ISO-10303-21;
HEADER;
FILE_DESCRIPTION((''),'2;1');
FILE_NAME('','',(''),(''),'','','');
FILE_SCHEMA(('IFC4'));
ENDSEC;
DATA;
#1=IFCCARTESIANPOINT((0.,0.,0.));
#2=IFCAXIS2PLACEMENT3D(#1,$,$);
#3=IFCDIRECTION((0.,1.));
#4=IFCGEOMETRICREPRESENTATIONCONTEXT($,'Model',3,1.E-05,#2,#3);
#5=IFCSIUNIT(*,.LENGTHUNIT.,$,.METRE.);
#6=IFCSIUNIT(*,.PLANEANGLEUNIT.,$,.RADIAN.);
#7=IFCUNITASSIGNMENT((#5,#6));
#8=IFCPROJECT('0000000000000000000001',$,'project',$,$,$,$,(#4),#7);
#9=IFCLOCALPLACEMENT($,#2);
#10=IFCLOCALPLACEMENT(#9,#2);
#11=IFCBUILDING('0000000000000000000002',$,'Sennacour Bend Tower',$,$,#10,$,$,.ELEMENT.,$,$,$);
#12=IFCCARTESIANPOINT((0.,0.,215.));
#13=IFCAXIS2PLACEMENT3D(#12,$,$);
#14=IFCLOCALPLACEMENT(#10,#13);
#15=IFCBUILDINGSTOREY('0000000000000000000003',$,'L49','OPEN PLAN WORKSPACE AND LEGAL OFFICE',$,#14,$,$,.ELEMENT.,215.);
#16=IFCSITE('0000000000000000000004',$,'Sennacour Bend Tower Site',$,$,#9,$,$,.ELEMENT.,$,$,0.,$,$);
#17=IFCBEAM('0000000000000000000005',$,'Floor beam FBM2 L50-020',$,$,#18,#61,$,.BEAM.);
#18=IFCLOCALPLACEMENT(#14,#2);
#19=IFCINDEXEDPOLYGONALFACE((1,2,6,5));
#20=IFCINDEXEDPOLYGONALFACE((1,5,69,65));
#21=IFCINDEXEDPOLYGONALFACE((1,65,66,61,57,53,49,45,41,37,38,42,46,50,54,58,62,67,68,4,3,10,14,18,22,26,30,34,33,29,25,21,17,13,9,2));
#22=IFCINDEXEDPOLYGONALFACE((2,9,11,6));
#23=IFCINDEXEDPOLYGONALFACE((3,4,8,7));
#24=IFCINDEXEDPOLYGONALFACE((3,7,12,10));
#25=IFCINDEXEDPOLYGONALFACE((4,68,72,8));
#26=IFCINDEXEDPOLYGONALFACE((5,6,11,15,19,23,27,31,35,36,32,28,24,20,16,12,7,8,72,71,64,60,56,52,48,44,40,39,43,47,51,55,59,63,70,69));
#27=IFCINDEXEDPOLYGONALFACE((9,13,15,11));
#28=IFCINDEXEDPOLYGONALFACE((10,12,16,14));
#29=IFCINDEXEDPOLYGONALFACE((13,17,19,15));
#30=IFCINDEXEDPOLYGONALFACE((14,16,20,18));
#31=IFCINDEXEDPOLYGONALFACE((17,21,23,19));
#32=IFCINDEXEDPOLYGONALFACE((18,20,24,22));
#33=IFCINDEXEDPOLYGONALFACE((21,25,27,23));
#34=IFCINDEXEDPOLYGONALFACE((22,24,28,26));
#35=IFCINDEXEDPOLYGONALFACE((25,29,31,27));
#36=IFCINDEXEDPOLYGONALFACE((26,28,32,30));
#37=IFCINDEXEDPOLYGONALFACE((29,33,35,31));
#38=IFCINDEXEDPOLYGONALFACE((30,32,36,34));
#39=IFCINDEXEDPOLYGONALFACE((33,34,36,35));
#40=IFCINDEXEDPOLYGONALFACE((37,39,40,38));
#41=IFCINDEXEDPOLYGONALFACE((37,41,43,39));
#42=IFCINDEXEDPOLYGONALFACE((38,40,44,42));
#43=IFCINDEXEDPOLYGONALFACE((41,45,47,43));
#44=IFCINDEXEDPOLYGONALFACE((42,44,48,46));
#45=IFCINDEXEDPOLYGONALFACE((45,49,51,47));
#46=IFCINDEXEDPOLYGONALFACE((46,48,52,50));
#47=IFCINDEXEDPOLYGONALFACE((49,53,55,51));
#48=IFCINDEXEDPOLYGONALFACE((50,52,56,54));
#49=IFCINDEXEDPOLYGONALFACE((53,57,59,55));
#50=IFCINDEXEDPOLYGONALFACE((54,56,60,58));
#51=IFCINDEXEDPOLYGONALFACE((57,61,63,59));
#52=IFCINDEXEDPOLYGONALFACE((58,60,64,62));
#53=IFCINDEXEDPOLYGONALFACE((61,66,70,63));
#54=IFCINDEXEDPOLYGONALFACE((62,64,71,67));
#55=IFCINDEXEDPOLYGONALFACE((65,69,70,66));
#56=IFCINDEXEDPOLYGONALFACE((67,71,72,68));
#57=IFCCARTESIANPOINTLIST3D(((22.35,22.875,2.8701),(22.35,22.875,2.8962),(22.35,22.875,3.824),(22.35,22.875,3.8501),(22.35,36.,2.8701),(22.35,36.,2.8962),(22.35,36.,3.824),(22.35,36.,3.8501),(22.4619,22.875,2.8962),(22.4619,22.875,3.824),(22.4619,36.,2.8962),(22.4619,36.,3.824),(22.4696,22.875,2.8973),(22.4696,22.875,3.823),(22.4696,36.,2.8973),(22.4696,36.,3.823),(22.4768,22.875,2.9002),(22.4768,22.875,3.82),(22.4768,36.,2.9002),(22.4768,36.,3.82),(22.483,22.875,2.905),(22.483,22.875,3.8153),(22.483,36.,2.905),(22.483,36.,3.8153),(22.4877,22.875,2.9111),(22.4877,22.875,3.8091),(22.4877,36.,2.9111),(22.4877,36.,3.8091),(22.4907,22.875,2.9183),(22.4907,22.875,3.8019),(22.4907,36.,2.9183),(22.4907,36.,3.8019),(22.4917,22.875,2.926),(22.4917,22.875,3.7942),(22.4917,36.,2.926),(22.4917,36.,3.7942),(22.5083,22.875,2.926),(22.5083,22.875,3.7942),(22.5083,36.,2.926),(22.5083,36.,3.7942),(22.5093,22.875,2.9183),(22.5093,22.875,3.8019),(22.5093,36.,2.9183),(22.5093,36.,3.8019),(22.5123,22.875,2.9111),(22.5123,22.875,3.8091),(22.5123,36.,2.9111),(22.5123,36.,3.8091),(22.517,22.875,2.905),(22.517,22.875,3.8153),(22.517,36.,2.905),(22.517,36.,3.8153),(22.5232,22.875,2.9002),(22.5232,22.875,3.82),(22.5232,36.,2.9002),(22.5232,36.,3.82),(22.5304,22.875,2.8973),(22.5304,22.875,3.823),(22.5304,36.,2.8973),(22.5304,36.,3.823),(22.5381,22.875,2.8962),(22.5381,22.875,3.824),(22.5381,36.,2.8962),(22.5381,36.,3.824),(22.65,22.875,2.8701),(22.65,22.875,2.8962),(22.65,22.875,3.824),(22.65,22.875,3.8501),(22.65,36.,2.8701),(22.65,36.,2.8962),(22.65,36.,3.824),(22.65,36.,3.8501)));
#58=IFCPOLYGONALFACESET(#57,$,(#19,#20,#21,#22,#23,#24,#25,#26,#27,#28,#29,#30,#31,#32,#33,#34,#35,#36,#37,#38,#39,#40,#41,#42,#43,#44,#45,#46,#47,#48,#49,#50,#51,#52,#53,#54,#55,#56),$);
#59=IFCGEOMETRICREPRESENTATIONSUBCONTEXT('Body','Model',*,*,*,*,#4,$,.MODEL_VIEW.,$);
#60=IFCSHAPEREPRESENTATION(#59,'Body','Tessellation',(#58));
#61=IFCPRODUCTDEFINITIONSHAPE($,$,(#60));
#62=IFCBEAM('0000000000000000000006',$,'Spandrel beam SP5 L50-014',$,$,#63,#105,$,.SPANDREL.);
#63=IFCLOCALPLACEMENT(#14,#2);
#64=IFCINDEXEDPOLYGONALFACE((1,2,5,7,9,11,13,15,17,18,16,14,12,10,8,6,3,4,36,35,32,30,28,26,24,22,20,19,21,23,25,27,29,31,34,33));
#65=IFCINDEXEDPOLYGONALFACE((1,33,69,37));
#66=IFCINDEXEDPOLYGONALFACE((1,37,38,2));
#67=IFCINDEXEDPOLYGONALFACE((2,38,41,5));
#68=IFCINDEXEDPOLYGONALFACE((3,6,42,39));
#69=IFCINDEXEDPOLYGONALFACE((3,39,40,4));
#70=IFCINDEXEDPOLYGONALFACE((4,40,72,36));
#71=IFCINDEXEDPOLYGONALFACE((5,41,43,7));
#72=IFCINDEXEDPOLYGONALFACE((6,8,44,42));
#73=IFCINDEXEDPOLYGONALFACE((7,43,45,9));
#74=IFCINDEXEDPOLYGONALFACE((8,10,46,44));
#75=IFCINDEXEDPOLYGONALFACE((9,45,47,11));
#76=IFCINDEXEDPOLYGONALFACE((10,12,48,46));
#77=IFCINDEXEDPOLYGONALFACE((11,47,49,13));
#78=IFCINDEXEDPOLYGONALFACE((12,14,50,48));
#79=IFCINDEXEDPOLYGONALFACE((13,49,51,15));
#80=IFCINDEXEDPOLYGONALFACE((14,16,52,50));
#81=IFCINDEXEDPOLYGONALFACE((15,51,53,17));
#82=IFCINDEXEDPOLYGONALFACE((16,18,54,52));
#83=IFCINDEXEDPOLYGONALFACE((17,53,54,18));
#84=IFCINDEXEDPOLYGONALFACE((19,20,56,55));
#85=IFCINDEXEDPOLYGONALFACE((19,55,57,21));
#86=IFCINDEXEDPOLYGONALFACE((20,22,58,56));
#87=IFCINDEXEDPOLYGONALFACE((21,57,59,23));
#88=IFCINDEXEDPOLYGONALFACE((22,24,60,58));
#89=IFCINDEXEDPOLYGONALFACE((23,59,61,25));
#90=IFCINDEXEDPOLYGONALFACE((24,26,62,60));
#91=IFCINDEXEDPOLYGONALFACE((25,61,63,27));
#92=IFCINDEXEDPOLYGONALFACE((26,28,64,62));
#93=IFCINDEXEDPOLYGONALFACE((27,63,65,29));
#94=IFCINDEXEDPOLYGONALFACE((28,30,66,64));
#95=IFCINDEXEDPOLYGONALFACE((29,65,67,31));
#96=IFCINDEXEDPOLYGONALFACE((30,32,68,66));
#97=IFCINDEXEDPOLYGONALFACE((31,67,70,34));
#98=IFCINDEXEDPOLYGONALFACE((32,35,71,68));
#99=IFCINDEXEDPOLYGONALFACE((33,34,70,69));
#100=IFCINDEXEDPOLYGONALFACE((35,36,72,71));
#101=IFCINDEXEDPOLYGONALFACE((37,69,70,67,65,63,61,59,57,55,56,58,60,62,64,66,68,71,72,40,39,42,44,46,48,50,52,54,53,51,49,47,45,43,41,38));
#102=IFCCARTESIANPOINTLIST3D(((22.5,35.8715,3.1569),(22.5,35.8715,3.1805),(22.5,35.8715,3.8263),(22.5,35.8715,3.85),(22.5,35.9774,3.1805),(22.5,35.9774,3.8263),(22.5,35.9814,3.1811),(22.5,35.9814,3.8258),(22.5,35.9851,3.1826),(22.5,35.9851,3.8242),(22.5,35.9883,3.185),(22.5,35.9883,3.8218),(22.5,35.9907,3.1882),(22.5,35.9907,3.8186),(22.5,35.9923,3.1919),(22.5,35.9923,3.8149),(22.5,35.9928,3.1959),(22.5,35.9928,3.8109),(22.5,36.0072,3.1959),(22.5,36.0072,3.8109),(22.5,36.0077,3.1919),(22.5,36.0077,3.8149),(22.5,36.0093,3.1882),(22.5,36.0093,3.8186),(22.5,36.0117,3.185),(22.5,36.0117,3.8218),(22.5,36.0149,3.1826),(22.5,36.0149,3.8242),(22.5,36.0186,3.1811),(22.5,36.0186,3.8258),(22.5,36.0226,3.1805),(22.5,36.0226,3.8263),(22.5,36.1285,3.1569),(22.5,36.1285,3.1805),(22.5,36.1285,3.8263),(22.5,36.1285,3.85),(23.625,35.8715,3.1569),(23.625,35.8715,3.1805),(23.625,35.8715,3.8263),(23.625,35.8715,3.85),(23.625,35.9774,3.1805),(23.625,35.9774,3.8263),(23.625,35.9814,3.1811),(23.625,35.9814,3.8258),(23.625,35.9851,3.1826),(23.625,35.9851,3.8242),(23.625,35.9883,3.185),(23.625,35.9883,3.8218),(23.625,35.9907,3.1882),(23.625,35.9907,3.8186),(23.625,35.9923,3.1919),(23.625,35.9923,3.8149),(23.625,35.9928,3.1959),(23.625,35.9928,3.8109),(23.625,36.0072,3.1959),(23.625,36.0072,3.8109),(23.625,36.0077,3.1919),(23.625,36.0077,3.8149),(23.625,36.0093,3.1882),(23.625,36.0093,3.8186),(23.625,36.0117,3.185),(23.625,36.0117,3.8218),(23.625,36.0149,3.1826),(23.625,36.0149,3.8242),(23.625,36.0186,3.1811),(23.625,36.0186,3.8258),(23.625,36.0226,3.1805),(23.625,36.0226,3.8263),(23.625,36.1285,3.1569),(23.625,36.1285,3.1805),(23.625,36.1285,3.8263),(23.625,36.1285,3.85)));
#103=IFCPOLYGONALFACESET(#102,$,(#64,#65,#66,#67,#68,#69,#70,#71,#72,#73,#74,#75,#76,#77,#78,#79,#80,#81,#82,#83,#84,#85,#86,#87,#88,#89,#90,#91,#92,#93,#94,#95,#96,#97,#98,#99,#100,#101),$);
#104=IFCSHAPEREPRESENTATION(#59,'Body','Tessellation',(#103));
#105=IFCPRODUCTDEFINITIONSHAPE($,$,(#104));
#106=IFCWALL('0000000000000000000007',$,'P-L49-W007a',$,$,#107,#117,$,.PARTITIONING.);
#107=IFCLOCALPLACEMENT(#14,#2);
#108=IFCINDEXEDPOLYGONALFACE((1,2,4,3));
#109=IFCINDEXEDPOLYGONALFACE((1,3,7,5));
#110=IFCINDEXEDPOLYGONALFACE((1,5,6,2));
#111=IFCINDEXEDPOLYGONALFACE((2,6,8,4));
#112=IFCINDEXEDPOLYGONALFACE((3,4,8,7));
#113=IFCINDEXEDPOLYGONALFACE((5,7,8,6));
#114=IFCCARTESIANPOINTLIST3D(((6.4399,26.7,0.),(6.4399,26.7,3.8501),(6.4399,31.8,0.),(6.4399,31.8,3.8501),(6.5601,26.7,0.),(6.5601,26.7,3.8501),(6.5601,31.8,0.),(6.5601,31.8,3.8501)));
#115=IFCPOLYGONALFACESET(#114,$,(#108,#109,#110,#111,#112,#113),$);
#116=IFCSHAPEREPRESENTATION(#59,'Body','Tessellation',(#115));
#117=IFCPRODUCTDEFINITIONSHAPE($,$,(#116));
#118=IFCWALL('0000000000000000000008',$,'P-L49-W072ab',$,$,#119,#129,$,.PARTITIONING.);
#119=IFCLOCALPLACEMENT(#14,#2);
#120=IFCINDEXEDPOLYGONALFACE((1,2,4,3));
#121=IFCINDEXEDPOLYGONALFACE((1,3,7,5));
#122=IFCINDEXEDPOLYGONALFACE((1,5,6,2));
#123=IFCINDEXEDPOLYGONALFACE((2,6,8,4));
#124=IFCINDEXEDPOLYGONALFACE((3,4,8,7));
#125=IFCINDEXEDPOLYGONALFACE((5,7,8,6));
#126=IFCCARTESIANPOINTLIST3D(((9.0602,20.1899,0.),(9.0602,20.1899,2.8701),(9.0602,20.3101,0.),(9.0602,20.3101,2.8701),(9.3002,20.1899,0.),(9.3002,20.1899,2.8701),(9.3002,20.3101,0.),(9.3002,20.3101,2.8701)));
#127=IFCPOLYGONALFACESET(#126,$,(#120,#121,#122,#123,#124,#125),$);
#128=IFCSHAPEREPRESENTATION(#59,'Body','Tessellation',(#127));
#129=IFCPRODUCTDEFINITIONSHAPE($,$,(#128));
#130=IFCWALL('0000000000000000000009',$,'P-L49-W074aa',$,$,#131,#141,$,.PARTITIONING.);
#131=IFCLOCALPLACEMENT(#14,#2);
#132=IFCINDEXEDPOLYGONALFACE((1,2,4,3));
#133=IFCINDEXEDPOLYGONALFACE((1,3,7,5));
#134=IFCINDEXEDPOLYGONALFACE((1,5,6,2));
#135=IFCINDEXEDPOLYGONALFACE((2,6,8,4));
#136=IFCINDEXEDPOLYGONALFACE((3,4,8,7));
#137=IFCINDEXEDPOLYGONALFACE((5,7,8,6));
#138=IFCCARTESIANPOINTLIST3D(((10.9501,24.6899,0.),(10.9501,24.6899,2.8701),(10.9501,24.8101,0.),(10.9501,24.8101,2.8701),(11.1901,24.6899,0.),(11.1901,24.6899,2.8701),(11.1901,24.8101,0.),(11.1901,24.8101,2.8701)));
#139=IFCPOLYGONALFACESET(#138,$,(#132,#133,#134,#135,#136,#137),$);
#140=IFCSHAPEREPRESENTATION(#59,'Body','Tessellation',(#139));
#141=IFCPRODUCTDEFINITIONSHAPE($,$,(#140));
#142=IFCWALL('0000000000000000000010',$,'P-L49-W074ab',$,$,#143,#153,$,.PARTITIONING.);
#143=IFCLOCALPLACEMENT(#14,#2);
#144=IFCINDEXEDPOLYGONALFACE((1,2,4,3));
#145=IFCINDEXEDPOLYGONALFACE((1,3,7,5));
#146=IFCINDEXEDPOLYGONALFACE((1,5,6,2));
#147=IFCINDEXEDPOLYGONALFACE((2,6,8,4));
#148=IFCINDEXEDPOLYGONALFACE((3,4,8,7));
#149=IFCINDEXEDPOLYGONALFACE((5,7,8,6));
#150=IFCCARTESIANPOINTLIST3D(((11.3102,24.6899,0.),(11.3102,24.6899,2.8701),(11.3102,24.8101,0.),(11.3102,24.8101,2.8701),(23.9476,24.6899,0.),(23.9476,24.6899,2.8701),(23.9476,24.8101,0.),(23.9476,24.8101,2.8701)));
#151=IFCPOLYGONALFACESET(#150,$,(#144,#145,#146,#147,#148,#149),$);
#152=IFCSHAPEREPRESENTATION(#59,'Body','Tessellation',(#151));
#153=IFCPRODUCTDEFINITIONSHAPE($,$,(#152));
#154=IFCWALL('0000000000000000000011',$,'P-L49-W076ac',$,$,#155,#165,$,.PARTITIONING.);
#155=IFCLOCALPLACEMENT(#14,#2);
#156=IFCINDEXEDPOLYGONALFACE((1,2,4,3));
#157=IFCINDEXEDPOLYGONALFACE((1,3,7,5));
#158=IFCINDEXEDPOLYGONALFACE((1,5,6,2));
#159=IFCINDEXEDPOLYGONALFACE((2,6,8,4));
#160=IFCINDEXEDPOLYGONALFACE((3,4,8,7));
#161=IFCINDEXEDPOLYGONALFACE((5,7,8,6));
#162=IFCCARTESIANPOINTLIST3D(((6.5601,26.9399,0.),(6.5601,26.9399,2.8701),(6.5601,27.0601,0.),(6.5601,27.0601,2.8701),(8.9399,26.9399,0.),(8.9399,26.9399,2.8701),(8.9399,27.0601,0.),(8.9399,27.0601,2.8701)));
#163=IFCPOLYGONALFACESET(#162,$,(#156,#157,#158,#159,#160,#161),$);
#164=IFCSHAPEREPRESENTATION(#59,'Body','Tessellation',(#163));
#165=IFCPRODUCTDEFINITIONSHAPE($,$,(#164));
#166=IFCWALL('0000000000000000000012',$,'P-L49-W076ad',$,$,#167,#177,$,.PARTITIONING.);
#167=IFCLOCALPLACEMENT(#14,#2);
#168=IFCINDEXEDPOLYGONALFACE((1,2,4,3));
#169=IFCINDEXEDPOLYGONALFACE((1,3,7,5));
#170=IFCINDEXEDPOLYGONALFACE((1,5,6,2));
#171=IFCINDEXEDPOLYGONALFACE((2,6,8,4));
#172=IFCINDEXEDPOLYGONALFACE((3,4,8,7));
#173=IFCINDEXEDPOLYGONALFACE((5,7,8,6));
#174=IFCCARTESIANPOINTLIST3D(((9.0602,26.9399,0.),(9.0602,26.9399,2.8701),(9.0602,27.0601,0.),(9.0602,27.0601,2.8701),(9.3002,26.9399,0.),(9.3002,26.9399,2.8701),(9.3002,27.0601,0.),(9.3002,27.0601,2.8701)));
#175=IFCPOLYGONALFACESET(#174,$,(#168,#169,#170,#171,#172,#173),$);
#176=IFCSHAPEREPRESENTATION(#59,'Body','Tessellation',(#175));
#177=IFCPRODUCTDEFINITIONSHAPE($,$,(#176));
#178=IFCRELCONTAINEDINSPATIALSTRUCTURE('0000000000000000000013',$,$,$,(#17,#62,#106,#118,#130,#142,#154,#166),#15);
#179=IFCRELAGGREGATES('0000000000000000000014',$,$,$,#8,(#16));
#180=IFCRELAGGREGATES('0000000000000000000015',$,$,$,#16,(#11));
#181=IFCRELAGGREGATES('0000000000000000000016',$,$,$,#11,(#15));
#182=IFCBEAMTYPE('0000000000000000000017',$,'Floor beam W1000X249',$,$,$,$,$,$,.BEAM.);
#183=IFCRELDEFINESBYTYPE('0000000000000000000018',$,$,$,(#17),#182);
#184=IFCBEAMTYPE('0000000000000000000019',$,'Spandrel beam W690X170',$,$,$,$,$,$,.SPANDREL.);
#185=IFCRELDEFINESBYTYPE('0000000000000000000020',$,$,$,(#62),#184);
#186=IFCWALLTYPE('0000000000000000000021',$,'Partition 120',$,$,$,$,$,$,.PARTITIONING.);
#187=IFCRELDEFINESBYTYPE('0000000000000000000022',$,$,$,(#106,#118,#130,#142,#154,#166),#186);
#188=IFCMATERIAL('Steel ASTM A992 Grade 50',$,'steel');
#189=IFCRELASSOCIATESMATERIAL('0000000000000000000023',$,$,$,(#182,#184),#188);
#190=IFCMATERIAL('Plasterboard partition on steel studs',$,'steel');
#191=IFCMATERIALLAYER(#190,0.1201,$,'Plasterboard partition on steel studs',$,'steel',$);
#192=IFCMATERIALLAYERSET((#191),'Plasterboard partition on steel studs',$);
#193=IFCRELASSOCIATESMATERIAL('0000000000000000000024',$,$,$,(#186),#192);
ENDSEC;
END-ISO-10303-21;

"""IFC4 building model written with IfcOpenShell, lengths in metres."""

from ifc_helpers import new_model, si_unit, direction, frame, frame_2d, origin, origin_2d, place, context, subcontext, project, spatial, rectangle, i_section, extrude, material, layer, layer_set, material_profile, profile_set, type_object, element, save


model = new_model("IFC4")

# Units and contexts
model_context = context("Model", 3, precision=1e-05, world=origin(), true_north=direction((0.0, 1.0)))
body_context = subcontext(model_context, "Body", "Model", "MODEL_VIEW")
ifc_project = project(units=[si_unit("LENGTHUNIT", "METRE"), si_unit("PLANEANGLEUNIT", "RADIAN")], contexts=[model_context])

# Site, building, storey
site_placement = place(None, origin())
site = spatial("IfcSite", under=ifc_project, at=site_placement, Name="Sennacour Bend Tower Site", CompositionType="ELEMENT", RefElevation=0.0)
building_placement = place(site_placement, origin())
building = spatial("IfcBuilding", under=site, at=building_placement, Name="Sennacour Bend Tower", CompositionType="ELEMENT")
storey_placement = place(building_placement, frame((0.0, 0.0, 215.0)))
storey = spatial("IfcBuildingStorey", under=building, at=storey_placement, Name="L49", Description="OPEN PLAN WORKSPACE AND LEGAL OFFICE", CompositionType="ELEMENT", Elevation=215.0)

# Beams
ifc_material_1 = material(Name="Steel ASTM A992 Grade 50", Category="steel")
ifc_material_profile_1 = material_profile(ifc_material_1, i_section(OverallWidth=0.3, OverallDepth=0.98, WebThickness=0.0166, FlangeThickness=0.0261, FilletRadius=0.0298, at=origin_2d()), Name="Steel ASTM A992 Grade 50", Category="steel")
ifc_profile_set_1 = profile_set([ifc_material_profile_1], Name="Steel ASTM A992 Grade 50")
beam_type_1 = type_object("IfcBeamType", Name="Floor beam W1000X249", PredefinedType="BEAM", material=ifc_profile_set_1)
beam_1_placement = place(storey_placement, frame((22.5, 22.875, 3.3601), z_axis=(0.0, 1.0, 0.0), x_axis=(-1.0, 0.0, 0.0)))
element("IfcBeam", 1, at=beam_1_placement, inside=storey, type_object=beam_type_1, Name="Floor beam FBM2 L50-020", PredefinedType="BEAM", context=body_context, shape_type="SweptSolid", body=[
    extrude(i_section(OverallWidth=0.3, OverallDepth=0.98, WebThickness=0.0166, FlangeThickness=0.0261, FilletRadius=0.0298, at=origin_2d()), origin(), (0.0, 0.0, 1.0), 13.125),
])
ifc_material_profile_2 = material_profile(ifc_material_1, i_section(OverallWidth=0.2571, OverallDepth=0.6931, WebThickness=0.0144, FlangeThickness=0.0237, FilletRadius=0.0154, at=origin_2d()), Name="Steel ASTM A992 Grade 50", Category="steel")
ifc_profile_set_2 = profile_set([ifc_material_profile_2], Name="Steel ASTM A992 Grade 50")
beam_type_2 = type_object("IfcBeamType", Name="Spandrel beam W690X170", PredefinedType="SPANDREL", material=ifc_profile_set_2)
beam_2_placement = place(storey_placement, frame((22.5, 36.0, 3.5034), z_axis=(1.0, 0.0, 0.0), x_axis=(0.0, 1.0, 0.0)))
element("IfcBeam", 2, at=beam_2_placement, inside=storey, type_object=beam_type_2, Name="Spandrel beam SP5 L50-014", PredefinedType="SPANDREL", context=body_context, shape_type="SweptSolid", body=[
    extrude(i_section(OverallWidth=0.2571, OverallDepth=0.6931, WebThickness=0.0144, FlangeThickness=0.0237, FilletRadius=0.0154, at=origin_2d()), origin(), (0.0, 0.0, 1.0), 1.125),
])

# Walls
ifc_material_2 = material(Name="Plasterboard partition on steel studs", Category="steel")
ifc_layer_1 = layer(ifc_material_2, 0.1201, Name="Plasterboard partition on steel studs", Category="steel")
ifc_layer_set_1 = layer_set([ifc_layer_1], Name="Plasterboard partition on steel studs")
wall_type_1 = type_object("IfcWallType", Name="Partition 120", PredefinedType="PARTITIONING", material=ifc_layer_set_1)
wall_1_placement = place(storey_placement, frame((6.5, 26.7, 0.0), z_axis=(0.0, 0.0, 1.0), x_axis=(0.0, 1.0, 0.0)))
element("IfcWall", 3, at=wall_1_placement, inside=storey, type_object=wall_type_1, Name="P-L49-W007a", PredefinedType="PARTITIONING", context=body_context, shape_type="SweptSolid", body=[
    extrude(rectangle(XDim=5.1001, YDim=0.1201, at=frame_2d((2.55, 0.0))), origin(), (0.0, 0.0, 1.0), 3.8501),
])
for number, where, z_axis, x_axis, name in (
    (4, (9.0601, 20.25, 0.0), (0.0, 0.0, 1.0), (1.0, 0.0, 0.0), "P-L49-W072ab"),
    (5, (10.95, 24.75, 0.0), (0.0, 0.0, 1.0), (1.0, 0.0, 0.0), "P-L49-W074aa"),
):
    element("IfcWall", number, at=place(storey_placement, frame(where, z_axis=z_axis, x_axis=x_axis)), inside=storey, type_object=wall_type_1, Name=name, PredefinedType="PARTITIONING", context=body_context, shape_type="SweptSolid", body=[
        extrude(rectangle(XDim=0.24, YDim=0.1201, at=frame_2d((0.1201, 0.0))), origin(), (0.0, 0.0, 1.0), 2.8701),
    ])
wall_2_placement = place(storey_placement, frame((11.3101, 24.75, 0.0), z_axis=(0.0, 0.0, 1.0), x_axis=(1.0, 0.0, 0.0)))
element("IfcWall", 6, at=wall_2_placement, inside=storey, type_object=wall_type_1, Name="P-L49-W074ab", PredefinedType="PARTITIONING", context=body_context, shape_type="SweptSolid", body=[
    extrude(rectangle(XDim=12.6375, YDim=0.1201, at=frame_2d((6.3188, 0.0))), origin(), (0.0, 0.0, 1.0), 2.8701),
])
wall_3_placement = place(storey_placement, frame((6.5601, 27.0, 0.0), z_axis=(0.0, 0.0, 1.0), x_axis=(1.0, 0.0, 0.0)))
element("IfcWall", 7, at=wall_3_placement, inside=storey, type_object=wall_type_1, Name="P-L49-W076ac", PredefinedType="PARTITIONING", context=body_context, shape_type="SweptSolid", body=[
    extrude(rectangle(XDim=2.3799, YDim=0.1201, at=frame_2d((1.1899, 0.0))), origin(), (0.0, 0.0, 1.0), 2.8701),
])
wall_4_placement = place(storey_placement, frame((9.0601, 27.0, 0.0), z_axis=(0.0, 0.0, 1.0), x_axis=(1.0, 0.0, 0.0)))
element("IfcWall", 8, at=wall_4_placement, inside=storey, type_object=wall_type_1, Name="P-L49-W076ad", PredefinedType="PARTITIONING", context=body_context, shape_type="SweptSolid", body=[
    extrude(rectangle(XDim=0.24, YDim=0.1201, at=frame_2d((0.1201, 0.0))), origin(), (0.0, 0.0, 1.0), 2.8701),
])

save(model, "model.ifc")
